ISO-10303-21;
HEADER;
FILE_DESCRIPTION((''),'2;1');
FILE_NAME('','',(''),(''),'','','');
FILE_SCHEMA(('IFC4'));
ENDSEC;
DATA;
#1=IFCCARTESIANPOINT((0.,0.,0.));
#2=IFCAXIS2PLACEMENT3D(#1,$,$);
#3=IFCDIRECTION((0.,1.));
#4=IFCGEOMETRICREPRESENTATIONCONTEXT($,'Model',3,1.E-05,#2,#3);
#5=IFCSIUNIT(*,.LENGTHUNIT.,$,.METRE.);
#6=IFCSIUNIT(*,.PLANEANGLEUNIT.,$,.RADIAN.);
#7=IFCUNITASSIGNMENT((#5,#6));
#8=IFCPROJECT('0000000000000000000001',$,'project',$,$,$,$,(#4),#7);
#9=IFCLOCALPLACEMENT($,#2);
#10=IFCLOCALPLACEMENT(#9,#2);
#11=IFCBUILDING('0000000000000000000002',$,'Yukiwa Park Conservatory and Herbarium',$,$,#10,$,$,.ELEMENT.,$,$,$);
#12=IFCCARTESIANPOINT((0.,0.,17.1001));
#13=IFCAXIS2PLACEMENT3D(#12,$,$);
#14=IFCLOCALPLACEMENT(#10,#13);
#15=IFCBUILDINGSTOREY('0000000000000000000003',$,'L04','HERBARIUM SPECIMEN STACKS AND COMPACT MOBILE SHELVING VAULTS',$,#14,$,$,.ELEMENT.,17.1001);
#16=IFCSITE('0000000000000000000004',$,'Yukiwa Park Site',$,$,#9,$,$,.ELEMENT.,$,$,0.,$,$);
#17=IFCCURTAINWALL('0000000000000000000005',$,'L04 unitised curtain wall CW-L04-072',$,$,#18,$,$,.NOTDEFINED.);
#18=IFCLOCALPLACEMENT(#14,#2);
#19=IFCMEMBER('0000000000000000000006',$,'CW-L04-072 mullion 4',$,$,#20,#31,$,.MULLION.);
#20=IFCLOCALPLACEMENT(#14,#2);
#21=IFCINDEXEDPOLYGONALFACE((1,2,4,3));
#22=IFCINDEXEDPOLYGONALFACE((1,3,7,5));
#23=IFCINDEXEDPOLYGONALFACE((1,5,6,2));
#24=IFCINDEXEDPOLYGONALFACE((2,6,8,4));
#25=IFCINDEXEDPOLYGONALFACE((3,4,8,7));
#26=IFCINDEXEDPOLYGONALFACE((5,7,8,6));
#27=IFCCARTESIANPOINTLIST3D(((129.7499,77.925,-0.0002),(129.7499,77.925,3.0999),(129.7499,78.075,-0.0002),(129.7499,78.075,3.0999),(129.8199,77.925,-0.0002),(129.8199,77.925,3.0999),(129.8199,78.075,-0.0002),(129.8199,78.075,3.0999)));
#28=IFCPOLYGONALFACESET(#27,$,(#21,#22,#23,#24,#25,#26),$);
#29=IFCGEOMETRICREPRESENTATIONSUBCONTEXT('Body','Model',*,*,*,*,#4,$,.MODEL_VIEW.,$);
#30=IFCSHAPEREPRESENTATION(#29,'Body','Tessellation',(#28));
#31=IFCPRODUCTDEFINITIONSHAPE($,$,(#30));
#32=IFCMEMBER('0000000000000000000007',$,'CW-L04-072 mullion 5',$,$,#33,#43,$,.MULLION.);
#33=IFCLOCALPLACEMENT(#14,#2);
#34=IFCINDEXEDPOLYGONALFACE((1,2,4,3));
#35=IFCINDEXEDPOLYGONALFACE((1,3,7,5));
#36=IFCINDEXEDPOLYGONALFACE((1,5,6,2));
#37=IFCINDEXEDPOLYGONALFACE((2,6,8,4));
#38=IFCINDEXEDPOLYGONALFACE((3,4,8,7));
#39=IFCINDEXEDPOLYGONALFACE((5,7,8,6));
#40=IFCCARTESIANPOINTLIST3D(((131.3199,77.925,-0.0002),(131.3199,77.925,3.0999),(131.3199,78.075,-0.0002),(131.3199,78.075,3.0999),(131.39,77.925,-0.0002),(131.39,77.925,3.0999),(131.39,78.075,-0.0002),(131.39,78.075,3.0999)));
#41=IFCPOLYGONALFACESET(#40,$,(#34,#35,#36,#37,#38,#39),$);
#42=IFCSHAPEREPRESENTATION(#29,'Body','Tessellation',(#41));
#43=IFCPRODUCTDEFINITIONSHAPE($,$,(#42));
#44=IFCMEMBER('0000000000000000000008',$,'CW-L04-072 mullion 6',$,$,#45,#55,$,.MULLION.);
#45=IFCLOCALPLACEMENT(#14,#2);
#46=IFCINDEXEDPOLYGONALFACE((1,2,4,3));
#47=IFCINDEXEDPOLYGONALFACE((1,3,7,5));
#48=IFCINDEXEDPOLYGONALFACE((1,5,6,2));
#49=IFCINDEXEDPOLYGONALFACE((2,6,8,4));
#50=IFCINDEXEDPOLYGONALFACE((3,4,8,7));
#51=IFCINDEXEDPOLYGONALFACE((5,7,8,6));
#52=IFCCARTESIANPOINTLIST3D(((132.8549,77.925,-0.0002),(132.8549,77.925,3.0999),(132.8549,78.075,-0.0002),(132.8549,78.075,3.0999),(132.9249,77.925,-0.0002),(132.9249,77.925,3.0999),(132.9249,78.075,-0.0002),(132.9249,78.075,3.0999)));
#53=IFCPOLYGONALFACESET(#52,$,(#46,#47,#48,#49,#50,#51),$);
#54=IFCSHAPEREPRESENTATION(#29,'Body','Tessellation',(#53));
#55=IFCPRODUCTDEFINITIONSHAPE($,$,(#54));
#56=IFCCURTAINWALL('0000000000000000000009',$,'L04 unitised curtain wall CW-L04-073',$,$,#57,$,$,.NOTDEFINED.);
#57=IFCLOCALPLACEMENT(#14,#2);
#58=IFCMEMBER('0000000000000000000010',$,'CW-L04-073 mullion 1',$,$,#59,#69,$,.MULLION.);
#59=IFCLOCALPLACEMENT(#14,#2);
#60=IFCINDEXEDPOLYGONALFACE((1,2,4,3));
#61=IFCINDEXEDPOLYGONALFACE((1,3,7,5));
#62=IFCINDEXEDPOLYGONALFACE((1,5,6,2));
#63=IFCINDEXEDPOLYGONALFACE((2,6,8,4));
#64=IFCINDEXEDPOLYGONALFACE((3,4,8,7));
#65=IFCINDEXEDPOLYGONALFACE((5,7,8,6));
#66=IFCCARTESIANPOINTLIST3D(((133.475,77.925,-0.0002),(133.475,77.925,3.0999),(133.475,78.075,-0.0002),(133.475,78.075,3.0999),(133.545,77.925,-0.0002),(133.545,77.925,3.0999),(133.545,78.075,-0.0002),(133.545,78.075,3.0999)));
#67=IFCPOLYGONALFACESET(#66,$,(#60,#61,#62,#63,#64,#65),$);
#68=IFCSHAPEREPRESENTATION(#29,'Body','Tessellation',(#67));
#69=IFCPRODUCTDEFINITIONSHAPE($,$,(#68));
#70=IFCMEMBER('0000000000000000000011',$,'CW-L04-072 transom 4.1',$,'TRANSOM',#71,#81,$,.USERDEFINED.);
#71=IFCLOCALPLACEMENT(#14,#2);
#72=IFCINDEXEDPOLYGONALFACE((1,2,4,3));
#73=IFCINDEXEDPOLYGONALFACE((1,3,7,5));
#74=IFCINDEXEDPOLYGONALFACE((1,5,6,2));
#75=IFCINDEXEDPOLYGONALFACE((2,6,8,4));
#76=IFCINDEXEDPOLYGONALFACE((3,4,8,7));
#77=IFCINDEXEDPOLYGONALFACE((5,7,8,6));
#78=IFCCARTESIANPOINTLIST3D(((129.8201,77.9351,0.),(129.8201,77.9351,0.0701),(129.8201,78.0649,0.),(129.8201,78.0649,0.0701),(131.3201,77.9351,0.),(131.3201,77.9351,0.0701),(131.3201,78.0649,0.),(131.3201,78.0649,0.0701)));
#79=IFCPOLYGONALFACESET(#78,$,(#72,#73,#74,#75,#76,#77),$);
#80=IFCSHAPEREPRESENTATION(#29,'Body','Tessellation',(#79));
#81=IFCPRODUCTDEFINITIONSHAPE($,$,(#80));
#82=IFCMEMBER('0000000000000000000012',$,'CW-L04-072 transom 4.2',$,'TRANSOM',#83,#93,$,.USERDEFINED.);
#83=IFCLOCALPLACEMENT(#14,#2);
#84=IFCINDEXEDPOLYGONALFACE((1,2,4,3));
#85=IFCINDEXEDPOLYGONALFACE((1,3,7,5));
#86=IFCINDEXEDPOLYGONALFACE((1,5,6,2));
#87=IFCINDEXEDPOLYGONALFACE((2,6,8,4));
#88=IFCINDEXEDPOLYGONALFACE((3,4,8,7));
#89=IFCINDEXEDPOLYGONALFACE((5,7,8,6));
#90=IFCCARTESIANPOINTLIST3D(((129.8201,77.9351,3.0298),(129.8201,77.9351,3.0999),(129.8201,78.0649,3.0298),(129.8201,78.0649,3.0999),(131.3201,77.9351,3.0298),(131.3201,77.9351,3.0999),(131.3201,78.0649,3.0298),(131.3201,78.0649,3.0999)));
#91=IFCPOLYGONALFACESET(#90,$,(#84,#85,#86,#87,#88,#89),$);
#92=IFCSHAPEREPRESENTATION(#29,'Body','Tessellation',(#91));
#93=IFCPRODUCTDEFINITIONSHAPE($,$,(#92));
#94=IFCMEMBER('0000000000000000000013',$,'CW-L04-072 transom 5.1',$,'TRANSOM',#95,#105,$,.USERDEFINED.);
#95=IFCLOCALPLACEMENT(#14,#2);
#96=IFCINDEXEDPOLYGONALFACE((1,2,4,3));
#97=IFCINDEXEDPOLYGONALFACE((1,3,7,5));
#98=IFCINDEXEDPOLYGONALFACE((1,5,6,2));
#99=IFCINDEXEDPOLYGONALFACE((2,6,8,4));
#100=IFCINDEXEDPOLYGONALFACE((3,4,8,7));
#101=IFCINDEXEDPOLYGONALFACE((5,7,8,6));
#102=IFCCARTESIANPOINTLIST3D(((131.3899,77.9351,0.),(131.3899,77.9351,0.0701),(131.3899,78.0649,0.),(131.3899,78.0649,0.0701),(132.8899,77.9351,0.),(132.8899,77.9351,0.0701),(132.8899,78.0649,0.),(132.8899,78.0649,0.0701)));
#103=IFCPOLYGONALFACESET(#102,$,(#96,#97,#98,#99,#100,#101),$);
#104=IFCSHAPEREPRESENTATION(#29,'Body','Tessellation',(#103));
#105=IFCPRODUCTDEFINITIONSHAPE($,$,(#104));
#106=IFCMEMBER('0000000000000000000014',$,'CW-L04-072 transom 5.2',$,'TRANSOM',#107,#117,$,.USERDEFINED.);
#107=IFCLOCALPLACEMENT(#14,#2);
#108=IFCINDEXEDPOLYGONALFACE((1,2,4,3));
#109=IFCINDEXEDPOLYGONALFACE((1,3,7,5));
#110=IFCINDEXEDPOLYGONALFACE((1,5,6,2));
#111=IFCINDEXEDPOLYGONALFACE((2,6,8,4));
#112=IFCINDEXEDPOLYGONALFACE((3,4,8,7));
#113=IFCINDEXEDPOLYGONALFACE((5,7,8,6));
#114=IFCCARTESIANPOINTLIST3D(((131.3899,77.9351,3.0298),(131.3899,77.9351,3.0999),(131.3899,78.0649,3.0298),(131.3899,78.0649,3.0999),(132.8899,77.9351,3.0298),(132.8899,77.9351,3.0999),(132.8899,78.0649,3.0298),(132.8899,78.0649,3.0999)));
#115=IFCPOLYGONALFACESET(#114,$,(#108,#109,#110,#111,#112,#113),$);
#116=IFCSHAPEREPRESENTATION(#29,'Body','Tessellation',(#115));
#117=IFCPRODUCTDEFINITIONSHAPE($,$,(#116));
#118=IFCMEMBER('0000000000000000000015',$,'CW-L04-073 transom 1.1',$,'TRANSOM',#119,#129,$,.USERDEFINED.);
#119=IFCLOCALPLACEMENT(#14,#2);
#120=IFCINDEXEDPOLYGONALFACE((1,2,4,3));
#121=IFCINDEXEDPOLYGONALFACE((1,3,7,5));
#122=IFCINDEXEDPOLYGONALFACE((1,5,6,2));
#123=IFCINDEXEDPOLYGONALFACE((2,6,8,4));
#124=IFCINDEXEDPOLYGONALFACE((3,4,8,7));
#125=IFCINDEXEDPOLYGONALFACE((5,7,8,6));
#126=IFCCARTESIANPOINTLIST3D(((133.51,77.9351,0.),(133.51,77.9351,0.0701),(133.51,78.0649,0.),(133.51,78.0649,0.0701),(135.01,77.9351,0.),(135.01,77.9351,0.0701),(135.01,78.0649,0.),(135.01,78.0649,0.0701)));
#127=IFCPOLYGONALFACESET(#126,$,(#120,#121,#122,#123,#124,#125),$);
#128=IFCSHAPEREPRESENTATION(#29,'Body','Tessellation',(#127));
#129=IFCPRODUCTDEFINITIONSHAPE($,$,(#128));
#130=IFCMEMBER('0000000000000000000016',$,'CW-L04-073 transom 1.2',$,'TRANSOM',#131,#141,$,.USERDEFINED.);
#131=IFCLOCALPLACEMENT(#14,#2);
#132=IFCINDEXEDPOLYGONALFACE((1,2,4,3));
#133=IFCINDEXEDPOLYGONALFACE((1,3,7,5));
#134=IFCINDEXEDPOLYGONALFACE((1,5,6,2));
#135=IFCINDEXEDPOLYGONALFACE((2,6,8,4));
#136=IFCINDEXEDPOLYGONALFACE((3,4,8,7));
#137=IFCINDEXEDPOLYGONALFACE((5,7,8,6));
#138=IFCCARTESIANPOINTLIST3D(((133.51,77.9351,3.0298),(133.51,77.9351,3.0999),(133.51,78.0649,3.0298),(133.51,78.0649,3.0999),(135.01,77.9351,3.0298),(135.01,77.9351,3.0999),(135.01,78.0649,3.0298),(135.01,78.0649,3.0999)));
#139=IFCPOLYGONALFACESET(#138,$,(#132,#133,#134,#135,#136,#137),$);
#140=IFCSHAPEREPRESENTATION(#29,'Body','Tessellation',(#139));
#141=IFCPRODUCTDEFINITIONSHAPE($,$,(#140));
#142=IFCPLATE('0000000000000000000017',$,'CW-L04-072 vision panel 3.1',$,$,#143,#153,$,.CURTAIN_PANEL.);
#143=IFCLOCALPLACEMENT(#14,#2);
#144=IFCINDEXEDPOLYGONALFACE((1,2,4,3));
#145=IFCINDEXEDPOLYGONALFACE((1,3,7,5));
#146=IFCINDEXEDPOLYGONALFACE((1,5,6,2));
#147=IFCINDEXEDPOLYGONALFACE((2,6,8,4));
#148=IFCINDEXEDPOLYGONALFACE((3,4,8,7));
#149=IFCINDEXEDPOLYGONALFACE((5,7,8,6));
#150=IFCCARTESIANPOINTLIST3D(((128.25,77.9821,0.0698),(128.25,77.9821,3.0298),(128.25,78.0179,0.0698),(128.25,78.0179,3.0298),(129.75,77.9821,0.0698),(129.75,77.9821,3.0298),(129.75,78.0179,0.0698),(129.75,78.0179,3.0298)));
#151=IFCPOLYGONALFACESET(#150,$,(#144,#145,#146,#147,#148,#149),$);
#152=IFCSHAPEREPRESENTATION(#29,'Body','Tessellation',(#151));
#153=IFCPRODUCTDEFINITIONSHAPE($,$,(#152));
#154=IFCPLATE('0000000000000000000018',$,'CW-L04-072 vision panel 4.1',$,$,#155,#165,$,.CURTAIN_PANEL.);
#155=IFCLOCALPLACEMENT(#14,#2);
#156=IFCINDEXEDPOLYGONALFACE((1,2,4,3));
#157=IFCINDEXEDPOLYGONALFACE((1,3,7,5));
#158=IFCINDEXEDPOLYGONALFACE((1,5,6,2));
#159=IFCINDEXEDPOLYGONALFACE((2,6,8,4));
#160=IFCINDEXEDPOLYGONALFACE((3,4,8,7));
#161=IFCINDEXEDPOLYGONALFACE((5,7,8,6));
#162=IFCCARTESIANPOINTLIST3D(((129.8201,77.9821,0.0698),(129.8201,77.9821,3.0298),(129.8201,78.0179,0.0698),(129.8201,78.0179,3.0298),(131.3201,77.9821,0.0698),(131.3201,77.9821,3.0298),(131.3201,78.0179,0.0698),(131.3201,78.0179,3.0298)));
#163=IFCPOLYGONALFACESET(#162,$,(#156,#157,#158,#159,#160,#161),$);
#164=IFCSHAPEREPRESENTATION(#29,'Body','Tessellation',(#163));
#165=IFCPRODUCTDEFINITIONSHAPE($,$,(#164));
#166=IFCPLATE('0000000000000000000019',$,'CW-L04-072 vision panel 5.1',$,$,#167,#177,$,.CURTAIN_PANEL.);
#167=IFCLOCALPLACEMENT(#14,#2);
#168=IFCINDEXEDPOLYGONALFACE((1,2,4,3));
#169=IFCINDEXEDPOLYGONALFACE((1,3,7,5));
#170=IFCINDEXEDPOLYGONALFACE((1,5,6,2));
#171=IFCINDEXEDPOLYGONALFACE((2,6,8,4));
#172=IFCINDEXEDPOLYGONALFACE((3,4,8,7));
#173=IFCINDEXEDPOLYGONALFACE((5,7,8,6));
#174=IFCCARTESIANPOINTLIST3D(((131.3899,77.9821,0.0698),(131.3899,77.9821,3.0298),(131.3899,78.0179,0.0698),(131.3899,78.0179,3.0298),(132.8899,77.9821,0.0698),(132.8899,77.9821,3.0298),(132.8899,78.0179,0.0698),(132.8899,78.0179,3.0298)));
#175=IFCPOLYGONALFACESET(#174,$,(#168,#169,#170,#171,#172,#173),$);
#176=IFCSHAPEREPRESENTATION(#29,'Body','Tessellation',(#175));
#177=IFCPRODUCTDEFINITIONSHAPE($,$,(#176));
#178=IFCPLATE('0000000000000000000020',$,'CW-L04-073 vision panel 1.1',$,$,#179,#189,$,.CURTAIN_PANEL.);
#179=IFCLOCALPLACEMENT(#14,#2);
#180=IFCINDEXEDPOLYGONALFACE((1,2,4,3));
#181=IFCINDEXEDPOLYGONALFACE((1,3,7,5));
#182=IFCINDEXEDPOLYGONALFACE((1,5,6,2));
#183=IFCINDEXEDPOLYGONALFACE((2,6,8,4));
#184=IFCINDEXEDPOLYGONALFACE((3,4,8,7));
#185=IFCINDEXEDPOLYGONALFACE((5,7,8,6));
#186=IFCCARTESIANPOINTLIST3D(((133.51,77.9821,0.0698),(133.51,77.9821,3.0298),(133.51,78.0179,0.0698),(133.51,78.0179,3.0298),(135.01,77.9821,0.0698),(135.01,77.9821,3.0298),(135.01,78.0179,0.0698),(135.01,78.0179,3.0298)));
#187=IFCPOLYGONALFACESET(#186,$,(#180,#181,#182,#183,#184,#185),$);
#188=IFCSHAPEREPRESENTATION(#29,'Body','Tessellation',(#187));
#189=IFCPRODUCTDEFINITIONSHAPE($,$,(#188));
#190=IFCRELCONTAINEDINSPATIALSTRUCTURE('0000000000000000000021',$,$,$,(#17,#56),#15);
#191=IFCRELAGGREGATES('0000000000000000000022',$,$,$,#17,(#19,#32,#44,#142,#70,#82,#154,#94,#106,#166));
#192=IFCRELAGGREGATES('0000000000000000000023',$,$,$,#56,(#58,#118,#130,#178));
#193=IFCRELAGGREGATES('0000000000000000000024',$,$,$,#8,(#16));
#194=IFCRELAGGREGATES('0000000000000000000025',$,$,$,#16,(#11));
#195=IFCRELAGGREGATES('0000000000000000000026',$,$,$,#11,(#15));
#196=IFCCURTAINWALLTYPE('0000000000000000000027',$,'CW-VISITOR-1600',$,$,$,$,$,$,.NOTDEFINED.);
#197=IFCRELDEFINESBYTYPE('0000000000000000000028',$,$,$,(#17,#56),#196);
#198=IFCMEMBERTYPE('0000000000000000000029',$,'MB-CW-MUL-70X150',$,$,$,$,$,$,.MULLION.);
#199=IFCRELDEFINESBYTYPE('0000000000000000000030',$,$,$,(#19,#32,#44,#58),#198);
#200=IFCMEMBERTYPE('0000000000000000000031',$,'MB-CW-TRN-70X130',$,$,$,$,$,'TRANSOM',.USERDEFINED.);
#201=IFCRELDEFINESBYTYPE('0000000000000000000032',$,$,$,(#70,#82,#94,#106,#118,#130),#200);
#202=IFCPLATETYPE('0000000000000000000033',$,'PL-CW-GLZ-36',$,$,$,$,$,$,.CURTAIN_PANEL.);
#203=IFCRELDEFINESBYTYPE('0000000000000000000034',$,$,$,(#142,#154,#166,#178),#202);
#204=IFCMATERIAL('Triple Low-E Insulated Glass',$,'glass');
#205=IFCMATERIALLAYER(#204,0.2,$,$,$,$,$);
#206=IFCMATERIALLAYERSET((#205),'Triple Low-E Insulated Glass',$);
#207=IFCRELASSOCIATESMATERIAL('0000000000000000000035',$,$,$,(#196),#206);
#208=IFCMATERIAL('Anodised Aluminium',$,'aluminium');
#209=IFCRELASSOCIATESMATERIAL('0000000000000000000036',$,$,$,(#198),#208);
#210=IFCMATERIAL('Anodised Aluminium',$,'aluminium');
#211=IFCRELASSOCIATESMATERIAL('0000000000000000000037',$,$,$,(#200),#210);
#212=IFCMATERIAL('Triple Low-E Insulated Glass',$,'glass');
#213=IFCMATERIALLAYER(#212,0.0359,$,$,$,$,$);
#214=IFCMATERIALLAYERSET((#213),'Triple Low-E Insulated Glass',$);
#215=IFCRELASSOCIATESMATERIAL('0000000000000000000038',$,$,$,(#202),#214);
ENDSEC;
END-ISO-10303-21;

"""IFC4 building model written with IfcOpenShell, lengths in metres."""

from ifc_helpers import new_model, si_unit, direction, frame, origin, origin_2d, place, context, subcontext, project, spatial, rectangle, extrude, material, layer, layer_set, type_object, element, aggregate, save


model = new_model("IFC4")

# Units and contexts
model_context = context("Model", 3, precision=1e-05, world=origin(), true_north=direction((0.0, 1.0)))
body_context = subcontext(model_context, "Body", "Model", "MODEL_VIEW")
ifc_project = project(units=[si_unit("LENGTHUNIT", "METRE"), si_unit("PLANEANGLEUNIT", "RADIAN")], contexts=[model_context])

# Site, building, storey
site_placement = place(None, origin())
site = spatial("IfcSite", under=ifc_project, at=site_placement, Name="Yukiwa Park Site", CompositionType="ELEMENT", RefElevation=0.0)
building_placement = place(site_placement, origin())
building = spatial("IfcBuilding", under=site, at=building_placement, Name="Yukiwa Park Conservatory and Herbarium", CompositionType="ELEMENT")
storey_placement = place(building_placement, frame((0.0, 0.0, 17.1001)))
storey = spatial("IfcBuildingStorey", under=building, at=storey_placement, Name="L04", Description="HERBARIUM SPECIMEN STACKS AND COMPACT MOBILE SHELVING VAULTS", CompositionType="ELEMENT", Elevation=17.1001)

# Curtain wall, members
ifc_material_1 = material(Name="Triple Low-E Insulated Glass", Category="glass")
ifc_layer_1 = layer(ifc_material_1, 0.2)
ifc_layer_set_1 = layer_set([ifc_layer_1], Name="Triple Low-E Insulated Glass")
curtain_wall_type = type_object("IfcCurtainWallType", Name="CW-VISITOR-1600", PredefinedType="NOTDEFINED", material=ifc_layer_set_1)
curtain_wall_1_placement = place(storey_placement, origin())
curtain_wall_1 = element("IfcCurtainWall", 1, at=curtain_wall_1_placement, inside=storey, type_object=curtain_wall_type, Name="L04 unitised curtain wall CW-L04-072", PredefinedType="NOTDEFINED")
ifc_material_2 = material(Name="Anodised Aluminium", Category="aluminium")
member_type_1 = type_object("IfcMemberType", Name="MB-CW-MUL-70X150", PredefinedType="MULLION", material=ifc_material_2)
member_1_placement = place(storey_placement, frame((129.7849, 78.0, -0.0002), z_axis=(0.0, 0.0, 1.0), x_axis=(1.0, 0.0, 0.0)))
member_1 = element("IfcMember", 2, at=member_1_placement, type_object=member_type_1, Name="CW-L04-072 mullion 4", PredefinedType="MULLION", context=body_context, shape_type="SweptSolid", body=[
    extrude(rectangle(XDim=0.0701, YDim=0.1499, at=origin_2d()), origin(), (0.0, 0.0, 1.0), 3.1001),
])
member_2_placement = place(storey_placement, frame((131.355, 78.0, -0.0002), z_axis=(0.0, 0.0, 1.0), x_axis=(1.0, 0.0, 0.0)))
member_2 = element("IfcMember", 3, at=member_2_placement, type_object=member_type_1, Name="CW-L04-072 mullion 5", PredefinedType="MULLION", context=body_context, shape_type="SweptSolid", body=[
    extrude(rectangle(XDim=0.0701, YDim=0.1499, at=origin_2d()), origin(), (0.0, 0.0, 1.0), 3.1001),
])
member_3_placement = place(storey_placement, frame((132.8899, 78.0, -0.0002), z_axis=(0.0, 0.0, 1.0), x_axis=(1.0, 0.0, 0.0)))
member_3 = element("IfcMember", 4, at=member_3_placement, type_object=member_type_1, Name="CW-L04-072 mullion 6", PredefinedType="MULLION", context=body_context, shape_type="SweptSolid", body=[
    extrude(rectangle(XDim=0.0701, YDim=0.1499, at=origin_2d()), origin(), (0.0, 0.0, 1.0), 3.1001),
])

# Curtain wall, member
curtain_wall_2_placement = place(storey_placement, origin())
curtain_wall_2 = element("IfcCurtainWall", 5, at=curtain_wall_2_placement, inside=storey, type_object=curtain_wall_type, Name="L04 unitised curtain wall CW-L04-073", PredefinedType="NOTDEFINED")
member_4_placement = place(storey_placement, frame((133.51, 78.0, -0.0002), z_axis=(0.0, 0.0, 1.0), x_axis=(1.0, 0.0, 0.0)))
member_4 = element("IfcMember", 6, at=member_4_placement, type_object=member_type_1, Name="CW-L04-073 mullion 1", PredefinedType="MULLION", context=body_context, shape_type="SweptSolid", body=[
    extrude(rectangle(XDim=0.0701, YDim=0.1499, at=origin_2d()), origin(), (0.0, 0.0, 1.0), 3.1001),
])

# Members
ifc_material_3 = material(Name="Anodised Aluminium", Category="aluminium")
member_type_2 = type_object("IfcMemberType", Name="MB-CW-TRN-70X130", ElementType="TRANSOM", PredefinedType="USERDEFINED", material=ifc_material_3)
member_5_placement = place(storey_placement, frame((130.5701, 78.0, 0.0), z_axis=(0.0, 0.0, 1.0), x_axis=(1.0, 0.0, 0.0)))
member_5 = element("IfcMember", 7, at=member_5_placement, type_object=member_type_2, Name="CW-L04-072 transom 4.1", ObjectType="TRANSOM", PredefinedType="USERDEFINED", context=body_context, shape_type="SweptSolid", body=[
    extrude(rectangle(XDim=1.5, YDim=0.1299, at=origin_2d()), origin(), (0.0, 0.0, 1.0), 0.0701),
])
member_6_placement = place(storey_placement, frame((130.5701, 78.0, 3.0298), z_axis=(0.0, 0.0, 1.0), x_axis=(1.0, 0.0, 0.0)))
member_6 = element("IfcMember", 8, at=member_6_placement, type_object=member_type_2, Name="CW-L04-072 transom 4.2", ObjectType="TRANSOM", PredefinedType="USERDEFINED", context=body_context, shape_type="SweptSolid", body=[
    extrude(rectangle(XDim=1.5, YDim=0.1299, at=origin_2d()), origin(), (0.0, 0.0, 1.0), 0.0701),
])
member_7_placement = place(storey_placement, frame((132.1399, 78.0, 0.0), z_axis=(0.0, 0.0, 1.0), x_axis=(1.0, 0.0, 0.0)))
member_7 = element("IfcMember", 9, at=member_7_placement, type_object=member_type_2, Name="CW-L04-072 transom 5.1", ObjectType="TRANSOM", PredefinedType="USERDEFINED", context=body_context, shape_type="SweptSolid", body=[
    extrude(rectangle(XDim=1.5, YDim=0.1299, at=origin_2d()), origin(), (0.0, 0.0, 1.0), 0.0701),
])
member_8_placement = place(storey_placement, frame((132.1399, 78.0, 3.0298), z_axis=(0.0, 0.0, 1.0), x_axis=(1.0, 0.0, 0.0)))
member_8 = element("IfcMember", 10, at=member_8_placement, type_object=member_type_2, Name="CW-L04-072 transom 5.2", ObjectType="TRANSOM", PredefinedType="USERDEFINED", context=body_context, shape_type="SweptSolid", body=[
    extrude(rectangle(XDim=1.5, YDim=0.1299, at=origin_2d()), origin(), (0.0, 0.0, 1.0), 0.0701),
])
member_9_placement = place(storey_placement, frame((134.26, 78.0, 0.0), z_axis=(0.0, 0.0, 1.0), x_axis=(1.0, 0.0, 0.0)))
member_9 = element("IfcMember", 11, at=member_9_placement, type_object=member_type_2, Name="CW-L04-073 transom 1.1", ObjectType="TRANSOM", PredefinedType="USERDEFINED", context=body_context, shape_type="SweptSolid", body=[
    extrude(rectangle(XDim=1.5, YDim=0.1299, at=origin_2d()), origin(), (0.0, 0.0, 1.0), 0.0701),
])
member_10_placement = place(storey_placement, frame((134.26, 78.0, 3.0298), z_axis=(0.0, 0.0, 1.0), x_axis=(1.0, 0.0, 0.0)))
member_10 = element("IfcMember", 12, at=member_10_placement, type_object=member_type_2, Name="CW-L04-073 transom 1.2", ObjectType="TRANSOM", PredefinedType="USERDEFINED", context=body_context, shape_type="SweptSolid", body=[
    extrude(rectangle(XDim=1.5, YDim=0.1299, at=origin_2d()), origin(), (0.0, 0.0, 1.0), 0.0701),
])

# Plates
ifc_material_4 = material(Name="Triple Low-E Insulated Glass", Category="glass")
ifc_layer_2 = layer(ifc_material_4, 0.0359)
ifc_layer_set_2 = layer_set([ifc_layer_2], Name="Triple Low-E Insulated Glass")
plate_type = type_object("IfcPlateType", Name="PL-CW-GLZ-36", PredefinedType="CURTAIN_PANEL", material=ifc_layer_set_2)
plate_1_placement = place(storey_placement, frame((129.0, 78.0, 0.0698), z_axis=(0.0, 0.0, 1.0), x_axis=(1.0, 0.0, 0.0)))
plate_1 = element("IfcPlate", 13, at=plate_1_placement, type_object=plate_type, Name="CW-L04-072 vision panel 3.1", PredefinedType="CURTAIN_PANEL", context=body_context, shape_type="SweptSolid", body=[
    extrude(rectangle(XDim=1.5, YDim=0.0359, at=origin_2d()), origin(), (0.0, 0.0, 1.0), 2.96),
])
plate_2_placement = place(storey_placement, frame((130.5701, 78.0, 0.0698), z_axis=(0.0, 0.0, 1.0), x_axis=(1.0, 0.0, 0.0)))
plate_2 = element("IfcPlate", 14, at=plate_2_placement, type_object=plate_type, Name="CW-L04-072 vision panel 4.1", PredefinedType="CURTAIN_PANEL", context=body_context, shape_type="SweptSolid", body=[
    extrude(rectangle(XDim=1.5, YDim=0.0359, at=origin_2d()), origin(), (0.0, 0.0, 1.0), 2.96),
])
plate_3_placement = place(storey_placement, frame((132.1399, 78.0, 0.0698), z_axis=(0.0, 0.0, 1.0), x_axis=(1.0, 0.0, 0.0)))
plate_3 = element("IfcPlate", 15, at=plate_3_placement, type_object=plate_type, Name="CW-L04-072 vision panel 5.1", PredefinedType="CURTAIN_PANEL", context=body_context, shape_type="SweptSolid", body=[
    extrude(rectangle(XDim=1.5, YDim=0.0359, at=origin_2d()), origin(), (0.0, 0.0, 1.0), 2.96),
])
aggregate(curtain_wall_1, [member_1, member_2, member_3, plate_1, member_5, member_6, plate_2, member_7, member_8, plate_3])
plate_4_placement = place(storey_placement, frame((134.26, 78.0, 0.0698), z_axis=(0.0, 0.0, 1.0), x_axis=(1.0, 0.0, 0.0)))
plate_4 = element("IfcPlate", 16, at=plate_4_placement, type_object=plate_type, Name="CW-L04-073 vision panel 1.1", PredefinedType="CURTAIN_PANEL", context=body_context, shape_type="SweptSolid", body=[
    extrude(rectangle(XDim=1.5, YDim=0.0359, at=origin_2d()), origin(), (0.0, 0.0, 1.0), 2.96),
])
aggregate(curtain_wall_2, [member_4, member_9, member_10, plate_4])

save(model, "model.ifc")
